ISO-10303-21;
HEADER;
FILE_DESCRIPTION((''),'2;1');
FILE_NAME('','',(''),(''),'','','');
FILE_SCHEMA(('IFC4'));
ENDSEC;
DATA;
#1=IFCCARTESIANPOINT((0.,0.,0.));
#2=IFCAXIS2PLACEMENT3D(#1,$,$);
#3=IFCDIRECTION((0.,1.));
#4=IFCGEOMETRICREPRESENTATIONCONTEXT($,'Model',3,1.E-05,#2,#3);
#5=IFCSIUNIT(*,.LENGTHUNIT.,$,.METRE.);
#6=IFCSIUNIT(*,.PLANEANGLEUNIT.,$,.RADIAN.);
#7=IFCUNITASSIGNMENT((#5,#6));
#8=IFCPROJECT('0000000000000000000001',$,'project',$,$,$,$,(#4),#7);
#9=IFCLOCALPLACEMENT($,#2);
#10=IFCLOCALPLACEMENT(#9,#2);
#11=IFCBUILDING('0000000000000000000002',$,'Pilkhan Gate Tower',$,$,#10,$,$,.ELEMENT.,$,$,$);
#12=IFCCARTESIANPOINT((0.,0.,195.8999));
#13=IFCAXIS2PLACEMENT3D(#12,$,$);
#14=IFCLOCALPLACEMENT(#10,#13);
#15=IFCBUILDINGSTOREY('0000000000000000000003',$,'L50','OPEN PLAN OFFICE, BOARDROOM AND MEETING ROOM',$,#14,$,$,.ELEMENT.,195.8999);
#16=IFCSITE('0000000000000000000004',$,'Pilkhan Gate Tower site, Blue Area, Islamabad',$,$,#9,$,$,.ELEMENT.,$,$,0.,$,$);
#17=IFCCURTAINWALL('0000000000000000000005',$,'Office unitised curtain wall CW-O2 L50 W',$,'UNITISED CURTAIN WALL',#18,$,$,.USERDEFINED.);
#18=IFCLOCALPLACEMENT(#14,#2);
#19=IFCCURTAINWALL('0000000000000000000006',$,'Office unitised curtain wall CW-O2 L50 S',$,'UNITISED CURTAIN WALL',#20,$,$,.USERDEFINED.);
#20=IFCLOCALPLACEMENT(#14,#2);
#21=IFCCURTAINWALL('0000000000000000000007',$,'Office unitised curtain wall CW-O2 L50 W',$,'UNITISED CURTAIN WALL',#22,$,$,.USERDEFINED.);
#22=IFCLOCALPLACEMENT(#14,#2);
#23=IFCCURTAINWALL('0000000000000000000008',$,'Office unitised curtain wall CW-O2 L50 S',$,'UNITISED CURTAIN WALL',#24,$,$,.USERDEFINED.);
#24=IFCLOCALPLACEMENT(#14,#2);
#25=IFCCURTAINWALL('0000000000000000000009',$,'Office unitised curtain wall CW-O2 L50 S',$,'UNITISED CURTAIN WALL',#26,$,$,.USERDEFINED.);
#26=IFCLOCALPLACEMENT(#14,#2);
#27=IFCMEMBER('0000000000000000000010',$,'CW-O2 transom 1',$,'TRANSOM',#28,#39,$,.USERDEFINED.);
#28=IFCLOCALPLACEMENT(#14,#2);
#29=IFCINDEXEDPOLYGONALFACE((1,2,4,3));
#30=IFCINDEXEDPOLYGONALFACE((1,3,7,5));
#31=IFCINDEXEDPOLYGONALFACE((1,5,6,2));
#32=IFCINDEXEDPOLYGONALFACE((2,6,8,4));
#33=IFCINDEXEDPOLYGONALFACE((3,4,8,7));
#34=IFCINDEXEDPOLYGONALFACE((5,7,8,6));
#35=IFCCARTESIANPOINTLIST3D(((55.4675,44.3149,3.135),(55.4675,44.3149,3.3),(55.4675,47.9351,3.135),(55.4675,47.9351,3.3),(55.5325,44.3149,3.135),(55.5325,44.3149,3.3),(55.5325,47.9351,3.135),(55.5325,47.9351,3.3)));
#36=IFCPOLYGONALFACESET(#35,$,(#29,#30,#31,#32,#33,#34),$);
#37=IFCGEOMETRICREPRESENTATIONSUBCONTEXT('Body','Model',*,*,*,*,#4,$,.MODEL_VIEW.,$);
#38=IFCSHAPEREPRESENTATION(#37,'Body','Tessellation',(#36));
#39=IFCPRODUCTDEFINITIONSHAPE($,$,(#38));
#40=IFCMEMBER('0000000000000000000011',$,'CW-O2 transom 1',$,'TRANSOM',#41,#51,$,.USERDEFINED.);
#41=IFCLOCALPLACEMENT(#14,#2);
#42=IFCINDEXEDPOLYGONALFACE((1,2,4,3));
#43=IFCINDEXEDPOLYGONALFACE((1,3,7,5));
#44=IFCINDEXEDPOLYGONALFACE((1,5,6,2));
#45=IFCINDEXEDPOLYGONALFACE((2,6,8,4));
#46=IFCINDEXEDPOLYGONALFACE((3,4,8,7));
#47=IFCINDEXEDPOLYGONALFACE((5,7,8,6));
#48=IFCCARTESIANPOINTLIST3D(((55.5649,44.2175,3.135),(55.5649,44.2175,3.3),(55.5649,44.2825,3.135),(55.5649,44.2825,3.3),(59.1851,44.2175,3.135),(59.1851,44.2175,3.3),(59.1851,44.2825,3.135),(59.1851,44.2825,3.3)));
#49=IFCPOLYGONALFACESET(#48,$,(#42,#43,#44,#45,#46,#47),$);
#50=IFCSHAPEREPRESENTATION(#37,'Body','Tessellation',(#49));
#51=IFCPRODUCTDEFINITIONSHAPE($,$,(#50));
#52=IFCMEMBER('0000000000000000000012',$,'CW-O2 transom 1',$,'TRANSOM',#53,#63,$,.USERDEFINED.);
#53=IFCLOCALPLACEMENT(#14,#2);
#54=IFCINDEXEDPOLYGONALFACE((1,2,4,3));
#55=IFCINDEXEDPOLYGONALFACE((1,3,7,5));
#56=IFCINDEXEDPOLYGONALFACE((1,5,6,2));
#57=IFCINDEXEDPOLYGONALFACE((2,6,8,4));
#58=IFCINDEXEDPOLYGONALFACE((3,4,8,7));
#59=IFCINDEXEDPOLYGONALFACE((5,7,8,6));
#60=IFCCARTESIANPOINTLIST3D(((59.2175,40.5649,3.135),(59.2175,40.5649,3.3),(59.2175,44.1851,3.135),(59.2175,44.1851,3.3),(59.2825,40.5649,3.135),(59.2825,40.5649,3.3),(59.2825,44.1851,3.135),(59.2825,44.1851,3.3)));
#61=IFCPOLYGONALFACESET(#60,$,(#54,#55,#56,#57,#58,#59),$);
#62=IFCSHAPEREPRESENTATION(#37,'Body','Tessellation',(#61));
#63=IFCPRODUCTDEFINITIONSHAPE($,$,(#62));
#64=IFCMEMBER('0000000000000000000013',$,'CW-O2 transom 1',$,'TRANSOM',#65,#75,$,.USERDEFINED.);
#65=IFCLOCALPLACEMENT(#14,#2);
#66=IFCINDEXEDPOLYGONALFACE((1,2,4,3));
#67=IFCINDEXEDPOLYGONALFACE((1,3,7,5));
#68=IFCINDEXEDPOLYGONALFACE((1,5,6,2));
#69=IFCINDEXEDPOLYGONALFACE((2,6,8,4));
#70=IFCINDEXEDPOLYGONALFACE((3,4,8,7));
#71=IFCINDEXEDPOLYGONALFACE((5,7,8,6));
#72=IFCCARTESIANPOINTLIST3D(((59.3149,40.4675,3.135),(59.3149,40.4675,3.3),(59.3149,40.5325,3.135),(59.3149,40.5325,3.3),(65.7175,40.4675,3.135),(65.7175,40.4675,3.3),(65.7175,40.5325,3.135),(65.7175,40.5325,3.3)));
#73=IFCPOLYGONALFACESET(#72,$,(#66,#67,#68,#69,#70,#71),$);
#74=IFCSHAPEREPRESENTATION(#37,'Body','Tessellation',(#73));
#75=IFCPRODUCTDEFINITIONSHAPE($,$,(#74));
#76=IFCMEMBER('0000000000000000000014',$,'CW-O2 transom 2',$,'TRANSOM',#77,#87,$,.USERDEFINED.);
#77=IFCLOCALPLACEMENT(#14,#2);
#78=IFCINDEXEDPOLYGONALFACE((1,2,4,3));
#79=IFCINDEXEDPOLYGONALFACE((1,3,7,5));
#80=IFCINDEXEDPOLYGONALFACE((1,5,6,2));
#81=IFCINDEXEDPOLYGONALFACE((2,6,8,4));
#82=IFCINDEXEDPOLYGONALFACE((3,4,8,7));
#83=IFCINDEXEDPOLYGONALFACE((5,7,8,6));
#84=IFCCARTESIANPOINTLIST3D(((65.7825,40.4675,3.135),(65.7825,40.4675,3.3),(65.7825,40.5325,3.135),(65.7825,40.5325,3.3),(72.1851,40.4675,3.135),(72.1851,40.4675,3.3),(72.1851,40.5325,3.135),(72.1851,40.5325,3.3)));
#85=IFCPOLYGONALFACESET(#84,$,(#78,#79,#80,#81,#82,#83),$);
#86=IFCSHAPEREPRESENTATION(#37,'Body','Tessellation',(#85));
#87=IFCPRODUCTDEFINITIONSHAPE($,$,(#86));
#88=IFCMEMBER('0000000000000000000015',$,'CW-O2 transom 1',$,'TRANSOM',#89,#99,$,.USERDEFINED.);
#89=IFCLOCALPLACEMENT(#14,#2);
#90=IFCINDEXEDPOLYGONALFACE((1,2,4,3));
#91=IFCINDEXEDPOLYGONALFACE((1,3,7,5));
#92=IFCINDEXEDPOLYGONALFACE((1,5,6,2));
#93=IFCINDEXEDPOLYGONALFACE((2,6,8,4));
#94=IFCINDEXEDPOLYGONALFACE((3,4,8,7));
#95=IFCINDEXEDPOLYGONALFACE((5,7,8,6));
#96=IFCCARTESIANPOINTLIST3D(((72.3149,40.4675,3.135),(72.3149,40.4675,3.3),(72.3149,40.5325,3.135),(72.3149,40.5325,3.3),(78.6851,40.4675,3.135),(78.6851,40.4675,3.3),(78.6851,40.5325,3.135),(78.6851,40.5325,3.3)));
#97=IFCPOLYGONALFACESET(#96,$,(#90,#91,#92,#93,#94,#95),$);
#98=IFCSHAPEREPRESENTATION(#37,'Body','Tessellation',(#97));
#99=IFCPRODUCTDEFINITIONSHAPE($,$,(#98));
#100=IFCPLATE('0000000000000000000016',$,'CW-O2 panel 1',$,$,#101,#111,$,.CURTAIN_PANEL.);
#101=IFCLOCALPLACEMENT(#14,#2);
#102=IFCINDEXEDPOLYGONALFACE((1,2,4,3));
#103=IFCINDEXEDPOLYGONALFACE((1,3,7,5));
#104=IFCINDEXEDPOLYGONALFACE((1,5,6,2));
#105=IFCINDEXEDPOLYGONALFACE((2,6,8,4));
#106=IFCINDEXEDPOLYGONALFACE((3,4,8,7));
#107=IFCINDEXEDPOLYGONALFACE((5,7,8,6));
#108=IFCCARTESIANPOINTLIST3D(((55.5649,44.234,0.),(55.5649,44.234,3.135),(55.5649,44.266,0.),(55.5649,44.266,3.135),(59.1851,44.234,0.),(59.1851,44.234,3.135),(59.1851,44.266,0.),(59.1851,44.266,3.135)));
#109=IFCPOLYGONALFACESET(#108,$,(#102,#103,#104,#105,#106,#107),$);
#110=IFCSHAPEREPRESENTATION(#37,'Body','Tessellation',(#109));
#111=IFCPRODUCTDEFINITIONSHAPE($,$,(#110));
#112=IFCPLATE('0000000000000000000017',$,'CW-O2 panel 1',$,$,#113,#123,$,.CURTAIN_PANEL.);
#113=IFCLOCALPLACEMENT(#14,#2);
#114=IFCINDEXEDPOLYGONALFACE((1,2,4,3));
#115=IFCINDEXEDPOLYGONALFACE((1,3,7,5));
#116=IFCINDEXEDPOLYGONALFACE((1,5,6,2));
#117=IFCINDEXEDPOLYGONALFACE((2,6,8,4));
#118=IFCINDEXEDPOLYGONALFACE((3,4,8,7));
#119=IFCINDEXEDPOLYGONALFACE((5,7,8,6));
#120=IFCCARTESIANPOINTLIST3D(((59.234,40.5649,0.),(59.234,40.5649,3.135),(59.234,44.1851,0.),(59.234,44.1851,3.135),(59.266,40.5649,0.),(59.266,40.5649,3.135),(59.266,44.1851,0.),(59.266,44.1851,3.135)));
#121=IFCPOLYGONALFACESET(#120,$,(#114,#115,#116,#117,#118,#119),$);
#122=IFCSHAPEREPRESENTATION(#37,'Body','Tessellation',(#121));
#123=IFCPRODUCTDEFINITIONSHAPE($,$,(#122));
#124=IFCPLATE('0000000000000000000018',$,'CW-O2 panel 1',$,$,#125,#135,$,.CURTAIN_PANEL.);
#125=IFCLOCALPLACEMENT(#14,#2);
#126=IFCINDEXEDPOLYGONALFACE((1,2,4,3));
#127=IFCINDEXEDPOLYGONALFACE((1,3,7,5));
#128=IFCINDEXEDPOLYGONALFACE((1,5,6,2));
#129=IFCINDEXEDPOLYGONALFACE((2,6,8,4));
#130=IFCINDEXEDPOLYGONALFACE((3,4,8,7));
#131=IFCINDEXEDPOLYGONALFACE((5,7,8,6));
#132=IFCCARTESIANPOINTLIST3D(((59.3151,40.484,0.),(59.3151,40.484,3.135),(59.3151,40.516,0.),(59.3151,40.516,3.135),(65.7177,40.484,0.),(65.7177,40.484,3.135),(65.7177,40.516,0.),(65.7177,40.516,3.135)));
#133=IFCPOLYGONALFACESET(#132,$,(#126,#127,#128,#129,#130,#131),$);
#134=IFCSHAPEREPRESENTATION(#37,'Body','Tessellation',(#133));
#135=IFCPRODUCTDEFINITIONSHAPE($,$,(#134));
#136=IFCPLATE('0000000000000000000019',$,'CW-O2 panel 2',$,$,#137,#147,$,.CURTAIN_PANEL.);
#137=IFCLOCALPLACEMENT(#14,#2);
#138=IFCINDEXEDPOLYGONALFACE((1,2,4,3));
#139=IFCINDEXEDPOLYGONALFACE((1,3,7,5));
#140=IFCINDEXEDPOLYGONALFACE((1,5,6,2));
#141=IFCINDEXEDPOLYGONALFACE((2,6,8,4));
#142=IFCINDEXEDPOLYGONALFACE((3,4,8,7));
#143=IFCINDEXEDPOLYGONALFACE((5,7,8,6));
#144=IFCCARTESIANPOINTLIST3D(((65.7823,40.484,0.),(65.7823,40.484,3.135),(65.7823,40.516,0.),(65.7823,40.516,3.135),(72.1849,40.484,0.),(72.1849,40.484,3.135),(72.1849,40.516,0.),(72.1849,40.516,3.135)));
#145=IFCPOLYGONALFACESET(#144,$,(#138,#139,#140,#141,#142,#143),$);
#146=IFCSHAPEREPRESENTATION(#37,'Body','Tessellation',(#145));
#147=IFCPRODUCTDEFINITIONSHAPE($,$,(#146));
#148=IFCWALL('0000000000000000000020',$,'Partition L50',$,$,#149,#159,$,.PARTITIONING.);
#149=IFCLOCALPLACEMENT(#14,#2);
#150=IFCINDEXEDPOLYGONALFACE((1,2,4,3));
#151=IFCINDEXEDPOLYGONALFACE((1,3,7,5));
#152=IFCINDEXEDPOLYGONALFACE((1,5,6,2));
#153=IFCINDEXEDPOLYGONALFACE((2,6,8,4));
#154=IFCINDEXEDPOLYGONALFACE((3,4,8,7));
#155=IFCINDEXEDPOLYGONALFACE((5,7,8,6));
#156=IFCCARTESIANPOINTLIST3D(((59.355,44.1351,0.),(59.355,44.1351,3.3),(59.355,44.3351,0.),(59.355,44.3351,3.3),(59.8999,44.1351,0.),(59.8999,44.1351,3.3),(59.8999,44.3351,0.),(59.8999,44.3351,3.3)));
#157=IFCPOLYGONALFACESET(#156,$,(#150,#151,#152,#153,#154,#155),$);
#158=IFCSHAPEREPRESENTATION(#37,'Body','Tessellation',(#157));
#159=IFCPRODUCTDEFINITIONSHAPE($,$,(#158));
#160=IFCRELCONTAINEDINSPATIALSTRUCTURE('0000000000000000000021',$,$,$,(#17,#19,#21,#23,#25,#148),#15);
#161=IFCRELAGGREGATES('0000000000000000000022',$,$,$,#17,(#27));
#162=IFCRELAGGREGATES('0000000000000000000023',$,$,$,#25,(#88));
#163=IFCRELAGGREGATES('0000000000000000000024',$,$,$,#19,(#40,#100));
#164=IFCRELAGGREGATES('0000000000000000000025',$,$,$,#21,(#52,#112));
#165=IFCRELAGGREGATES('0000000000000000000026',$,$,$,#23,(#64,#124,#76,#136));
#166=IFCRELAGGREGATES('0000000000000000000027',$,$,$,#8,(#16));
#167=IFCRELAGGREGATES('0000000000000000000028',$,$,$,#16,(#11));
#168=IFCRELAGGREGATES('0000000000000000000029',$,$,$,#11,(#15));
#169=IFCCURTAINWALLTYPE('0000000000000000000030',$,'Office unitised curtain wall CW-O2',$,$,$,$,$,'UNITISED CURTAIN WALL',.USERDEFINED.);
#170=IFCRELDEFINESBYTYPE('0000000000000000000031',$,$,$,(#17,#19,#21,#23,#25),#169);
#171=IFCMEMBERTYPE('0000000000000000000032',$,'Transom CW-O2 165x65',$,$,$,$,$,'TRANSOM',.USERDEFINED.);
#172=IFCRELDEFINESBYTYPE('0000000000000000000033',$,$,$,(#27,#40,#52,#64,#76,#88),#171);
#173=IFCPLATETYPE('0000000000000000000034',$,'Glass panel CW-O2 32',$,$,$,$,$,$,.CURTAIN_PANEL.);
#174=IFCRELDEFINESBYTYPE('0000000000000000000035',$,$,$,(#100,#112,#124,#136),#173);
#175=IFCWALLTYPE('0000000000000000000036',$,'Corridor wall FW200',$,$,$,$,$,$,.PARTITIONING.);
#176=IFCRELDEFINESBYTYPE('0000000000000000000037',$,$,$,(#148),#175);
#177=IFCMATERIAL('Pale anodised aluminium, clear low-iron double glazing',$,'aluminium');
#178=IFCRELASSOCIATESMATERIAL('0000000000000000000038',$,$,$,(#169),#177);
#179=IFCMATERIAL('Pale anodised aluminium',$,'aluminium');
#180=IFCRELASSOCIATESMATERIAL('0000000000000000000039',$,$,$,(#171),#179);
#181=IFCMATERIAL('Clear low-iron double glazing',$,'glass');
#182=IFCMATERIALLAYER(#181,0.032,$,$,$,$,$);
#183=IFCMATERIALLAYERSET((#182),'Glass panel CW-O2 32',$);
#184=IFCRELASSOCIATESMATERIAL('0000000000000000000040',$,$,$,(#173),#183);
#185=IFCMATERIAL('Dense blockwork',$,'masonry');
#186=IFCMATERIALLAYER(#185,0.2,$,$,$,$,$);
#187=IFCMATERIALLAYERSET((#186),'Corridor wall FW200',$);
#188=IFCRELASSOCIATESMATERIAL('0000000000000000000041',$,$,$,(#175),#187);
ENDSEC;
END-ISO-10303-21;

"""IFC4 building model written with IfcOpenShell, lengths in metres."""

from ifc_helpers import new_model, si_unit, direction, frame, frame_2d, origin, origin_2d, place, context, subcontext, project, spatial, rectangle, extrude, material, layer, layer_set, material_profile, profile_set, type_object, element, aggregate, save


model = new_model("IFC4")

# Units and contexts
model_context = context("Model", 3, precision=1e-05, world=origin(), true_north=direction((0.0, 1.0)))
body_context = subcontext(model_context, "Body", "Model", "MODEL_VIEW")
ifc_project = project(units=[si_unit("LENGTHUNIT", "METRE"), si_unit("PLANEANGLEUNIT", "RADIAN")], contexts=[model_context])

# Site, building, storey
site_placement = place(None, origin())
site = spatial("IfcSite", under=ifc_project, at=site_placement, Name="Pilkhan Gate Tower site, Blue Area, Islamabad", CompositionType="ELEMENT", RefElevation=0.0)
building_placement = place(site_placement, origin())
building = spatial("IfcBuilding", under=site, at=building_placement, Name="Pilkhan Gate Tower", CompositionType="ELEMENT")
storey_placement = place(building_placement, frame((0.0, 0.0, 195.8999)))
storey = spatial("IfcBuildingStorey", under=building, at=storey_placement, Name="L50", Description="OPEN PLAN OFFICE, BOARDROOM AND MEETING ROOM", CompositionType="ELEMENT", Elevation=195.8999)

# Curtain wall
ifc_material_1 = material(Name="Pale anodised aluminium, clear low-iron double glazing", Category="aluminium")
curtain_wall_type = type_object("IfcCurtainWallType", Name="Office unitised curtain wall CW-O2", ElementType="UNITISED CURTAIN WALL", PredefinedType="USERDEFINED", material=ifc_material_1)
curtain_wall_1_placement = place(storey_placement, origin())
curtain_wall_1 = element("IfcCurtainWall", 1, at=curtain_wall_1_placement, inside=storey, type_object=curtain_wall_type, Name="Office unitised curtain wall CW-O2 L50 W", ObjectType="UNITISED CURTAIN WALL", PredefinedType="USERDEFINED")
ifc_material_2 = material(Name="Pale anodised aluminium", Category="aluminium")

# Curtain walls
curtain_wall_2_placement = place(storey_placement, origin())
curtain_wall_2 = element("IfcCurtainWall", 2, at=curtain_wall_2_placement, inside=storey, type_object=curtain_wall_type, Name="Office unitised curtain wall CW-O2 L50 S", ObjectType="UNITISED CURTAIN WALL", PredefinedType="USERDEFINED")
curtain_wall_3_placement = place(storey_placement, origin())
curtain_wall_3 = element("IfcCurtainWall", 3, at=curtain_wall_3_placement, inside=storey, type_object=curtain_wall_type, Name="Office unitised curtain wall CW-O2 L50 W", ObjectType="UNITISED CURTAIN WALL", PredefinedType="USERDEFINED")
curtain_wall_4_placement = place(storey_placement, origin())
curtain_wall_4 = element("IfcCurtainWall", 4, at=curtain_wall_4_placement, inside=storey, type_object=curtain_wall_type, Name="Office unitised curtain wall CW-O2 L50 S", ObjectType="UNITISED CURTAIN WALL", PredefinedType="USERDEFINED")

# Curtain wall
curtain_wall_5_placement = place(storey_placement, origin())
curtain_wall_5 = element("IfcCurtainWall", 5, at=curtain_wall_5_placement, inside=storey, type_object=curtain_wall_type, Name="Office unitised curtain wall CW-O2 L50 S", ObjectType="UNITISED CURTAIN WALL", PredefinedType="USERDEFINED")

# Members
ifc_material_profile_1 = material_profile(ifc_material_2, rectangle(XDim=0.0649, YDim=0.165, at=origin_2d()), Name="Transom 165x65")
ifc_profile_set_1 = profile_set([ifc_material_profile_1], Name="Pale anodised aluminium")
member_type_1 = type_object("IfcMemberType", Name="Transom CW-O2 165x65", ElementType="TRANSOM", PredefinedType="USERDEFINED", material=ifc_profile_set_1)
member_1_placement = place(storey_placement, frame((55.5, 44.3149, 3.2175), z_axis=(0.0, 1.0, 0.0), x_axis=(-1.0, 0.0, 0.0)))
member_1 = element("IfcMember", 6, at=member_1_placement, type_object=member_type_1, Name="CW-O2 transom 1", ObjectType="TRANSOM", PredefinedType="USERDEFINED", context=body_context, shape_type="SweptSolid", body=[
    extrude(rectangle(XDim=0.0649, YDim=0.165, at=origin_2d()), origin(), (0.0, 0.0, 1.0), 3.6201),
])
aggregate(curtain_wall_1, [member_1])
member_2_placement = place(storey_placement, frame((55.5649, 44.25, 3.2175), z_axis=(1.0, 0.0, 0.0), x_axis=(0.0, 1.0, 0.0)))
member_2 = element("IfcMember", 7, at=member_2_placement, type_object=member_type_1, Name="CW-O2 transom 1", ObjectType="TRANSOM", PredefinedType="USERDEFINED", context=body_context, shape_type="SweptSolid", body=[
    extrude(rectangle(XDim=0.0649, YDim=0.165, at=origin_2d()), origin(), (0.0, 0.0, 1.0), 3.6201),
])
member_3_placement = place(storey_placement, frame((59.25, 40.5649, 3.2175), z_axis=(0.0, 1.0, 0.0), x_axis=(-1.0, 0.0, 0.0)))
member_3 = element("IfcMember", 8, at=member_3_placement, type_object=member_type_1, Name="CW-O2 transom 1", ObjectType="TRANSOM", PredefinedType="USERDEFINED", context=body_context, shape_type="SweptSolid", body=[
    extrude(rectangle(XDim=0.0649, YDim=0.165, at=origin_2d()), origin(), (0.0, 0.0, 1.0), 3.6201),
])
member_4_placement = place(storey_placement, frame((59.3149, 40.5, 3.2175), z_axis=(1.0, 0.0, 0.0), x_axis=(0.0, 1.0, 0.0)))
member_4 = element("IfcMember", 9, at=member_4_placement, type_object=member_type_1, Name="CW-O2 transom 1", ObjectType="TRANSOM", PredefinedType="USERDEFINED", context=body_context, shape_type="SweptSolid", body=[
    extrude(rectangle(XDim=0.0649, YDim=0.165, at=origin_2d()), origin(), (0.0, 0.0, 1.0), 6.4026),
])
member_5_placement = place(storey_placement, frame((65.7825, 40.5, 3.2175), z_axis=(1.0, 0.0, 0.0), x_axis=(0.0, 1.0, 0.0)))
member_5 = element("IfcMember", 10, at=member_5_placement, type_object=member_type_1, Name="CW-O2 transom 2", ObjectType="TRANSOM", PredefinedType="USERDEFINED", context=body_context, shape_type="SweptSolid", body=[
    extrude(rectangle(XDim=0.0649, YDim=0.165, at=origin_2d()), origin(), (0.0, 0.0, 1.0), 6.4026),
])
member_6_placement = place(storey_placement, frame((72.3149, 40.5, 3.2175), z_axis=(1.0, 0.0, 0.0), x_axis=(0.0, 1.0, 0.0)))
member_6 = element("IfcMember", 11, at=member_6_placement, type_object=member_type_1, Name="CW-O2 transom 1", ObjectType="TRANSOM", PredefinedType="USERDEFINED", context=body_context, shape_type="SweptSolid", body=[
    extrude(rectangle(XDim=0.0649, YDim=0.165, at=origin_2d()), origin(), (0.0, 0.0, 1.0), 6.3701),
])
aggregate(curtain_wall_5, [member_6])

# Plates
ifc_material_3 = material(Name="Clear low-iron double glazing", Category="glass")
ifc_layer_1 = layer(ifc_material_3, 0.032)
ifc_layer_set_1 = layer_set([ifc_layer_1], Name="Glass panel CW-O2 32")
plate_type = type_object("IfcPlateType", Name="Glass panel CW-O2 32", PredefinedType="CURTAIN_PANEL", material=ifc_layer_set_1)
plate_1_placement = place(storey_placement, frame((57.375, 44.25, 0.0), z_axis=(0.0, 0.0, 1.0), x_axis=(1.0, 0.0, 0.0)))
plate_1 = element("IfcPlate", 12, at=plate_1_placement, type_object=plate_type, Name="CW-O2 panel 1", PredefinedType="CURTAIN_PANEL", context=body_context, shape_type="SweptSolid", body=[
    extrude(rectangle(XDim=3.6201, YDim=0.032, at=origin_2d()), origin(), (0.0, 0.0, 1.0), 3.135),
])
aggregate(curtain_wall_2, [member_2, plate_1])
plate_2_placement = place(storey_placement, frame((59.25, 42.375, 0.0), z_axis=(0.0, 0.0, 1.0), x_axis=(0.0, 1.0, 0.0)))
plate_2 = element("IfcPlate", 13, at=plate_2_placement, type_object=plate_type, Name="CW-O2 panel 1", PredefinedType="CURTAIN_PANEL", context=body_context, shape_type="SweptSolid", body=[
    extrude(rectangle(XDim=3.6201, YDim=0.032, at=origin_2d()), origin(), (0.0, 0.0, 1.0), 3.135),
])
aggregate(curtain_wall_3, [member_3, plate_2])
plate_3_placement = place(storey_placement, frame((62.5164, 40.5, 0.0), z_axis=(0.0, 0.0, 1.0), x_axis=(1.0, 0.0, 0.0)))
plate_3 = element("IfcPlate", 14, at=plate_3_placement, type_object=plate_type, Name="CW-O2 panel 1", PredefinedType="CURTAIN_PANEL", context=body_context, shape_type="SweptSolid", body=[
    extrude(rectangle(XDim=6.4026, YDim=0.032, at=origin_2d()), origin(), (0.0, 0.0, 1.0), 3.135),
])
plate_4_placement = place(storey_placement, frame((68.9836, 40.5, 0.0), z_axis=(0.0, 0.0, 1.0), x_axis=(1.0, 0.0, 0.0)))
plate_4 = element("IfcPlate", 15, at=plate_4_placement, type_object=plate_type, Name="CW-O2 panel 2", PredefinedType="CURTAIN_PANEL", context=body_context, shape_type="SweptSolid", body=[
    extrude(rectangle(XDim=6.4026, YDim=0.032, at=origin_2d()), origin(), (0.0, 0.0, 1.0), 3.135),
])
aggregate(curtain_wall_4, [member_4, plate_3, member_5, plate_4])

# Wall
ifc_material_4 = material(Name="Dense blockwork", Category="masonry")
ifc_layer_2 = layer(ifc_material_4, 0.2)
ifc_layer_set_2 = layer_set([ifc_layer_2], Name="Corridor wall FW200")
wall_type_1 = type_object("IfcWallType", Name="Corridor wall FW200", PredefinedType="PARTITIONING", material=ifc_layer_set_2)
wall_1_placement = place(storey_placement, frame((59.355, 44.2351, 0.0), z_axis=(0.0, 0.0, 1.0), x_axis=(1.0, 0.0, 0.0)))
element("IfcWall", 16, at=wall_1_placement, inside=storey, type_object=wall_type_1, Name="Partition L50", PredefinedType="PARTITIONING", context=body_context, shape_type="SweptSolid", body=[
    extrude(rectangle(XDim=0.5449, YDim=0.2, at=frame_2d((0.2725, 0.0))), origin(), (0.0, 0.0, 1.0), 3.3),
])

save(model, "model.ifc")
